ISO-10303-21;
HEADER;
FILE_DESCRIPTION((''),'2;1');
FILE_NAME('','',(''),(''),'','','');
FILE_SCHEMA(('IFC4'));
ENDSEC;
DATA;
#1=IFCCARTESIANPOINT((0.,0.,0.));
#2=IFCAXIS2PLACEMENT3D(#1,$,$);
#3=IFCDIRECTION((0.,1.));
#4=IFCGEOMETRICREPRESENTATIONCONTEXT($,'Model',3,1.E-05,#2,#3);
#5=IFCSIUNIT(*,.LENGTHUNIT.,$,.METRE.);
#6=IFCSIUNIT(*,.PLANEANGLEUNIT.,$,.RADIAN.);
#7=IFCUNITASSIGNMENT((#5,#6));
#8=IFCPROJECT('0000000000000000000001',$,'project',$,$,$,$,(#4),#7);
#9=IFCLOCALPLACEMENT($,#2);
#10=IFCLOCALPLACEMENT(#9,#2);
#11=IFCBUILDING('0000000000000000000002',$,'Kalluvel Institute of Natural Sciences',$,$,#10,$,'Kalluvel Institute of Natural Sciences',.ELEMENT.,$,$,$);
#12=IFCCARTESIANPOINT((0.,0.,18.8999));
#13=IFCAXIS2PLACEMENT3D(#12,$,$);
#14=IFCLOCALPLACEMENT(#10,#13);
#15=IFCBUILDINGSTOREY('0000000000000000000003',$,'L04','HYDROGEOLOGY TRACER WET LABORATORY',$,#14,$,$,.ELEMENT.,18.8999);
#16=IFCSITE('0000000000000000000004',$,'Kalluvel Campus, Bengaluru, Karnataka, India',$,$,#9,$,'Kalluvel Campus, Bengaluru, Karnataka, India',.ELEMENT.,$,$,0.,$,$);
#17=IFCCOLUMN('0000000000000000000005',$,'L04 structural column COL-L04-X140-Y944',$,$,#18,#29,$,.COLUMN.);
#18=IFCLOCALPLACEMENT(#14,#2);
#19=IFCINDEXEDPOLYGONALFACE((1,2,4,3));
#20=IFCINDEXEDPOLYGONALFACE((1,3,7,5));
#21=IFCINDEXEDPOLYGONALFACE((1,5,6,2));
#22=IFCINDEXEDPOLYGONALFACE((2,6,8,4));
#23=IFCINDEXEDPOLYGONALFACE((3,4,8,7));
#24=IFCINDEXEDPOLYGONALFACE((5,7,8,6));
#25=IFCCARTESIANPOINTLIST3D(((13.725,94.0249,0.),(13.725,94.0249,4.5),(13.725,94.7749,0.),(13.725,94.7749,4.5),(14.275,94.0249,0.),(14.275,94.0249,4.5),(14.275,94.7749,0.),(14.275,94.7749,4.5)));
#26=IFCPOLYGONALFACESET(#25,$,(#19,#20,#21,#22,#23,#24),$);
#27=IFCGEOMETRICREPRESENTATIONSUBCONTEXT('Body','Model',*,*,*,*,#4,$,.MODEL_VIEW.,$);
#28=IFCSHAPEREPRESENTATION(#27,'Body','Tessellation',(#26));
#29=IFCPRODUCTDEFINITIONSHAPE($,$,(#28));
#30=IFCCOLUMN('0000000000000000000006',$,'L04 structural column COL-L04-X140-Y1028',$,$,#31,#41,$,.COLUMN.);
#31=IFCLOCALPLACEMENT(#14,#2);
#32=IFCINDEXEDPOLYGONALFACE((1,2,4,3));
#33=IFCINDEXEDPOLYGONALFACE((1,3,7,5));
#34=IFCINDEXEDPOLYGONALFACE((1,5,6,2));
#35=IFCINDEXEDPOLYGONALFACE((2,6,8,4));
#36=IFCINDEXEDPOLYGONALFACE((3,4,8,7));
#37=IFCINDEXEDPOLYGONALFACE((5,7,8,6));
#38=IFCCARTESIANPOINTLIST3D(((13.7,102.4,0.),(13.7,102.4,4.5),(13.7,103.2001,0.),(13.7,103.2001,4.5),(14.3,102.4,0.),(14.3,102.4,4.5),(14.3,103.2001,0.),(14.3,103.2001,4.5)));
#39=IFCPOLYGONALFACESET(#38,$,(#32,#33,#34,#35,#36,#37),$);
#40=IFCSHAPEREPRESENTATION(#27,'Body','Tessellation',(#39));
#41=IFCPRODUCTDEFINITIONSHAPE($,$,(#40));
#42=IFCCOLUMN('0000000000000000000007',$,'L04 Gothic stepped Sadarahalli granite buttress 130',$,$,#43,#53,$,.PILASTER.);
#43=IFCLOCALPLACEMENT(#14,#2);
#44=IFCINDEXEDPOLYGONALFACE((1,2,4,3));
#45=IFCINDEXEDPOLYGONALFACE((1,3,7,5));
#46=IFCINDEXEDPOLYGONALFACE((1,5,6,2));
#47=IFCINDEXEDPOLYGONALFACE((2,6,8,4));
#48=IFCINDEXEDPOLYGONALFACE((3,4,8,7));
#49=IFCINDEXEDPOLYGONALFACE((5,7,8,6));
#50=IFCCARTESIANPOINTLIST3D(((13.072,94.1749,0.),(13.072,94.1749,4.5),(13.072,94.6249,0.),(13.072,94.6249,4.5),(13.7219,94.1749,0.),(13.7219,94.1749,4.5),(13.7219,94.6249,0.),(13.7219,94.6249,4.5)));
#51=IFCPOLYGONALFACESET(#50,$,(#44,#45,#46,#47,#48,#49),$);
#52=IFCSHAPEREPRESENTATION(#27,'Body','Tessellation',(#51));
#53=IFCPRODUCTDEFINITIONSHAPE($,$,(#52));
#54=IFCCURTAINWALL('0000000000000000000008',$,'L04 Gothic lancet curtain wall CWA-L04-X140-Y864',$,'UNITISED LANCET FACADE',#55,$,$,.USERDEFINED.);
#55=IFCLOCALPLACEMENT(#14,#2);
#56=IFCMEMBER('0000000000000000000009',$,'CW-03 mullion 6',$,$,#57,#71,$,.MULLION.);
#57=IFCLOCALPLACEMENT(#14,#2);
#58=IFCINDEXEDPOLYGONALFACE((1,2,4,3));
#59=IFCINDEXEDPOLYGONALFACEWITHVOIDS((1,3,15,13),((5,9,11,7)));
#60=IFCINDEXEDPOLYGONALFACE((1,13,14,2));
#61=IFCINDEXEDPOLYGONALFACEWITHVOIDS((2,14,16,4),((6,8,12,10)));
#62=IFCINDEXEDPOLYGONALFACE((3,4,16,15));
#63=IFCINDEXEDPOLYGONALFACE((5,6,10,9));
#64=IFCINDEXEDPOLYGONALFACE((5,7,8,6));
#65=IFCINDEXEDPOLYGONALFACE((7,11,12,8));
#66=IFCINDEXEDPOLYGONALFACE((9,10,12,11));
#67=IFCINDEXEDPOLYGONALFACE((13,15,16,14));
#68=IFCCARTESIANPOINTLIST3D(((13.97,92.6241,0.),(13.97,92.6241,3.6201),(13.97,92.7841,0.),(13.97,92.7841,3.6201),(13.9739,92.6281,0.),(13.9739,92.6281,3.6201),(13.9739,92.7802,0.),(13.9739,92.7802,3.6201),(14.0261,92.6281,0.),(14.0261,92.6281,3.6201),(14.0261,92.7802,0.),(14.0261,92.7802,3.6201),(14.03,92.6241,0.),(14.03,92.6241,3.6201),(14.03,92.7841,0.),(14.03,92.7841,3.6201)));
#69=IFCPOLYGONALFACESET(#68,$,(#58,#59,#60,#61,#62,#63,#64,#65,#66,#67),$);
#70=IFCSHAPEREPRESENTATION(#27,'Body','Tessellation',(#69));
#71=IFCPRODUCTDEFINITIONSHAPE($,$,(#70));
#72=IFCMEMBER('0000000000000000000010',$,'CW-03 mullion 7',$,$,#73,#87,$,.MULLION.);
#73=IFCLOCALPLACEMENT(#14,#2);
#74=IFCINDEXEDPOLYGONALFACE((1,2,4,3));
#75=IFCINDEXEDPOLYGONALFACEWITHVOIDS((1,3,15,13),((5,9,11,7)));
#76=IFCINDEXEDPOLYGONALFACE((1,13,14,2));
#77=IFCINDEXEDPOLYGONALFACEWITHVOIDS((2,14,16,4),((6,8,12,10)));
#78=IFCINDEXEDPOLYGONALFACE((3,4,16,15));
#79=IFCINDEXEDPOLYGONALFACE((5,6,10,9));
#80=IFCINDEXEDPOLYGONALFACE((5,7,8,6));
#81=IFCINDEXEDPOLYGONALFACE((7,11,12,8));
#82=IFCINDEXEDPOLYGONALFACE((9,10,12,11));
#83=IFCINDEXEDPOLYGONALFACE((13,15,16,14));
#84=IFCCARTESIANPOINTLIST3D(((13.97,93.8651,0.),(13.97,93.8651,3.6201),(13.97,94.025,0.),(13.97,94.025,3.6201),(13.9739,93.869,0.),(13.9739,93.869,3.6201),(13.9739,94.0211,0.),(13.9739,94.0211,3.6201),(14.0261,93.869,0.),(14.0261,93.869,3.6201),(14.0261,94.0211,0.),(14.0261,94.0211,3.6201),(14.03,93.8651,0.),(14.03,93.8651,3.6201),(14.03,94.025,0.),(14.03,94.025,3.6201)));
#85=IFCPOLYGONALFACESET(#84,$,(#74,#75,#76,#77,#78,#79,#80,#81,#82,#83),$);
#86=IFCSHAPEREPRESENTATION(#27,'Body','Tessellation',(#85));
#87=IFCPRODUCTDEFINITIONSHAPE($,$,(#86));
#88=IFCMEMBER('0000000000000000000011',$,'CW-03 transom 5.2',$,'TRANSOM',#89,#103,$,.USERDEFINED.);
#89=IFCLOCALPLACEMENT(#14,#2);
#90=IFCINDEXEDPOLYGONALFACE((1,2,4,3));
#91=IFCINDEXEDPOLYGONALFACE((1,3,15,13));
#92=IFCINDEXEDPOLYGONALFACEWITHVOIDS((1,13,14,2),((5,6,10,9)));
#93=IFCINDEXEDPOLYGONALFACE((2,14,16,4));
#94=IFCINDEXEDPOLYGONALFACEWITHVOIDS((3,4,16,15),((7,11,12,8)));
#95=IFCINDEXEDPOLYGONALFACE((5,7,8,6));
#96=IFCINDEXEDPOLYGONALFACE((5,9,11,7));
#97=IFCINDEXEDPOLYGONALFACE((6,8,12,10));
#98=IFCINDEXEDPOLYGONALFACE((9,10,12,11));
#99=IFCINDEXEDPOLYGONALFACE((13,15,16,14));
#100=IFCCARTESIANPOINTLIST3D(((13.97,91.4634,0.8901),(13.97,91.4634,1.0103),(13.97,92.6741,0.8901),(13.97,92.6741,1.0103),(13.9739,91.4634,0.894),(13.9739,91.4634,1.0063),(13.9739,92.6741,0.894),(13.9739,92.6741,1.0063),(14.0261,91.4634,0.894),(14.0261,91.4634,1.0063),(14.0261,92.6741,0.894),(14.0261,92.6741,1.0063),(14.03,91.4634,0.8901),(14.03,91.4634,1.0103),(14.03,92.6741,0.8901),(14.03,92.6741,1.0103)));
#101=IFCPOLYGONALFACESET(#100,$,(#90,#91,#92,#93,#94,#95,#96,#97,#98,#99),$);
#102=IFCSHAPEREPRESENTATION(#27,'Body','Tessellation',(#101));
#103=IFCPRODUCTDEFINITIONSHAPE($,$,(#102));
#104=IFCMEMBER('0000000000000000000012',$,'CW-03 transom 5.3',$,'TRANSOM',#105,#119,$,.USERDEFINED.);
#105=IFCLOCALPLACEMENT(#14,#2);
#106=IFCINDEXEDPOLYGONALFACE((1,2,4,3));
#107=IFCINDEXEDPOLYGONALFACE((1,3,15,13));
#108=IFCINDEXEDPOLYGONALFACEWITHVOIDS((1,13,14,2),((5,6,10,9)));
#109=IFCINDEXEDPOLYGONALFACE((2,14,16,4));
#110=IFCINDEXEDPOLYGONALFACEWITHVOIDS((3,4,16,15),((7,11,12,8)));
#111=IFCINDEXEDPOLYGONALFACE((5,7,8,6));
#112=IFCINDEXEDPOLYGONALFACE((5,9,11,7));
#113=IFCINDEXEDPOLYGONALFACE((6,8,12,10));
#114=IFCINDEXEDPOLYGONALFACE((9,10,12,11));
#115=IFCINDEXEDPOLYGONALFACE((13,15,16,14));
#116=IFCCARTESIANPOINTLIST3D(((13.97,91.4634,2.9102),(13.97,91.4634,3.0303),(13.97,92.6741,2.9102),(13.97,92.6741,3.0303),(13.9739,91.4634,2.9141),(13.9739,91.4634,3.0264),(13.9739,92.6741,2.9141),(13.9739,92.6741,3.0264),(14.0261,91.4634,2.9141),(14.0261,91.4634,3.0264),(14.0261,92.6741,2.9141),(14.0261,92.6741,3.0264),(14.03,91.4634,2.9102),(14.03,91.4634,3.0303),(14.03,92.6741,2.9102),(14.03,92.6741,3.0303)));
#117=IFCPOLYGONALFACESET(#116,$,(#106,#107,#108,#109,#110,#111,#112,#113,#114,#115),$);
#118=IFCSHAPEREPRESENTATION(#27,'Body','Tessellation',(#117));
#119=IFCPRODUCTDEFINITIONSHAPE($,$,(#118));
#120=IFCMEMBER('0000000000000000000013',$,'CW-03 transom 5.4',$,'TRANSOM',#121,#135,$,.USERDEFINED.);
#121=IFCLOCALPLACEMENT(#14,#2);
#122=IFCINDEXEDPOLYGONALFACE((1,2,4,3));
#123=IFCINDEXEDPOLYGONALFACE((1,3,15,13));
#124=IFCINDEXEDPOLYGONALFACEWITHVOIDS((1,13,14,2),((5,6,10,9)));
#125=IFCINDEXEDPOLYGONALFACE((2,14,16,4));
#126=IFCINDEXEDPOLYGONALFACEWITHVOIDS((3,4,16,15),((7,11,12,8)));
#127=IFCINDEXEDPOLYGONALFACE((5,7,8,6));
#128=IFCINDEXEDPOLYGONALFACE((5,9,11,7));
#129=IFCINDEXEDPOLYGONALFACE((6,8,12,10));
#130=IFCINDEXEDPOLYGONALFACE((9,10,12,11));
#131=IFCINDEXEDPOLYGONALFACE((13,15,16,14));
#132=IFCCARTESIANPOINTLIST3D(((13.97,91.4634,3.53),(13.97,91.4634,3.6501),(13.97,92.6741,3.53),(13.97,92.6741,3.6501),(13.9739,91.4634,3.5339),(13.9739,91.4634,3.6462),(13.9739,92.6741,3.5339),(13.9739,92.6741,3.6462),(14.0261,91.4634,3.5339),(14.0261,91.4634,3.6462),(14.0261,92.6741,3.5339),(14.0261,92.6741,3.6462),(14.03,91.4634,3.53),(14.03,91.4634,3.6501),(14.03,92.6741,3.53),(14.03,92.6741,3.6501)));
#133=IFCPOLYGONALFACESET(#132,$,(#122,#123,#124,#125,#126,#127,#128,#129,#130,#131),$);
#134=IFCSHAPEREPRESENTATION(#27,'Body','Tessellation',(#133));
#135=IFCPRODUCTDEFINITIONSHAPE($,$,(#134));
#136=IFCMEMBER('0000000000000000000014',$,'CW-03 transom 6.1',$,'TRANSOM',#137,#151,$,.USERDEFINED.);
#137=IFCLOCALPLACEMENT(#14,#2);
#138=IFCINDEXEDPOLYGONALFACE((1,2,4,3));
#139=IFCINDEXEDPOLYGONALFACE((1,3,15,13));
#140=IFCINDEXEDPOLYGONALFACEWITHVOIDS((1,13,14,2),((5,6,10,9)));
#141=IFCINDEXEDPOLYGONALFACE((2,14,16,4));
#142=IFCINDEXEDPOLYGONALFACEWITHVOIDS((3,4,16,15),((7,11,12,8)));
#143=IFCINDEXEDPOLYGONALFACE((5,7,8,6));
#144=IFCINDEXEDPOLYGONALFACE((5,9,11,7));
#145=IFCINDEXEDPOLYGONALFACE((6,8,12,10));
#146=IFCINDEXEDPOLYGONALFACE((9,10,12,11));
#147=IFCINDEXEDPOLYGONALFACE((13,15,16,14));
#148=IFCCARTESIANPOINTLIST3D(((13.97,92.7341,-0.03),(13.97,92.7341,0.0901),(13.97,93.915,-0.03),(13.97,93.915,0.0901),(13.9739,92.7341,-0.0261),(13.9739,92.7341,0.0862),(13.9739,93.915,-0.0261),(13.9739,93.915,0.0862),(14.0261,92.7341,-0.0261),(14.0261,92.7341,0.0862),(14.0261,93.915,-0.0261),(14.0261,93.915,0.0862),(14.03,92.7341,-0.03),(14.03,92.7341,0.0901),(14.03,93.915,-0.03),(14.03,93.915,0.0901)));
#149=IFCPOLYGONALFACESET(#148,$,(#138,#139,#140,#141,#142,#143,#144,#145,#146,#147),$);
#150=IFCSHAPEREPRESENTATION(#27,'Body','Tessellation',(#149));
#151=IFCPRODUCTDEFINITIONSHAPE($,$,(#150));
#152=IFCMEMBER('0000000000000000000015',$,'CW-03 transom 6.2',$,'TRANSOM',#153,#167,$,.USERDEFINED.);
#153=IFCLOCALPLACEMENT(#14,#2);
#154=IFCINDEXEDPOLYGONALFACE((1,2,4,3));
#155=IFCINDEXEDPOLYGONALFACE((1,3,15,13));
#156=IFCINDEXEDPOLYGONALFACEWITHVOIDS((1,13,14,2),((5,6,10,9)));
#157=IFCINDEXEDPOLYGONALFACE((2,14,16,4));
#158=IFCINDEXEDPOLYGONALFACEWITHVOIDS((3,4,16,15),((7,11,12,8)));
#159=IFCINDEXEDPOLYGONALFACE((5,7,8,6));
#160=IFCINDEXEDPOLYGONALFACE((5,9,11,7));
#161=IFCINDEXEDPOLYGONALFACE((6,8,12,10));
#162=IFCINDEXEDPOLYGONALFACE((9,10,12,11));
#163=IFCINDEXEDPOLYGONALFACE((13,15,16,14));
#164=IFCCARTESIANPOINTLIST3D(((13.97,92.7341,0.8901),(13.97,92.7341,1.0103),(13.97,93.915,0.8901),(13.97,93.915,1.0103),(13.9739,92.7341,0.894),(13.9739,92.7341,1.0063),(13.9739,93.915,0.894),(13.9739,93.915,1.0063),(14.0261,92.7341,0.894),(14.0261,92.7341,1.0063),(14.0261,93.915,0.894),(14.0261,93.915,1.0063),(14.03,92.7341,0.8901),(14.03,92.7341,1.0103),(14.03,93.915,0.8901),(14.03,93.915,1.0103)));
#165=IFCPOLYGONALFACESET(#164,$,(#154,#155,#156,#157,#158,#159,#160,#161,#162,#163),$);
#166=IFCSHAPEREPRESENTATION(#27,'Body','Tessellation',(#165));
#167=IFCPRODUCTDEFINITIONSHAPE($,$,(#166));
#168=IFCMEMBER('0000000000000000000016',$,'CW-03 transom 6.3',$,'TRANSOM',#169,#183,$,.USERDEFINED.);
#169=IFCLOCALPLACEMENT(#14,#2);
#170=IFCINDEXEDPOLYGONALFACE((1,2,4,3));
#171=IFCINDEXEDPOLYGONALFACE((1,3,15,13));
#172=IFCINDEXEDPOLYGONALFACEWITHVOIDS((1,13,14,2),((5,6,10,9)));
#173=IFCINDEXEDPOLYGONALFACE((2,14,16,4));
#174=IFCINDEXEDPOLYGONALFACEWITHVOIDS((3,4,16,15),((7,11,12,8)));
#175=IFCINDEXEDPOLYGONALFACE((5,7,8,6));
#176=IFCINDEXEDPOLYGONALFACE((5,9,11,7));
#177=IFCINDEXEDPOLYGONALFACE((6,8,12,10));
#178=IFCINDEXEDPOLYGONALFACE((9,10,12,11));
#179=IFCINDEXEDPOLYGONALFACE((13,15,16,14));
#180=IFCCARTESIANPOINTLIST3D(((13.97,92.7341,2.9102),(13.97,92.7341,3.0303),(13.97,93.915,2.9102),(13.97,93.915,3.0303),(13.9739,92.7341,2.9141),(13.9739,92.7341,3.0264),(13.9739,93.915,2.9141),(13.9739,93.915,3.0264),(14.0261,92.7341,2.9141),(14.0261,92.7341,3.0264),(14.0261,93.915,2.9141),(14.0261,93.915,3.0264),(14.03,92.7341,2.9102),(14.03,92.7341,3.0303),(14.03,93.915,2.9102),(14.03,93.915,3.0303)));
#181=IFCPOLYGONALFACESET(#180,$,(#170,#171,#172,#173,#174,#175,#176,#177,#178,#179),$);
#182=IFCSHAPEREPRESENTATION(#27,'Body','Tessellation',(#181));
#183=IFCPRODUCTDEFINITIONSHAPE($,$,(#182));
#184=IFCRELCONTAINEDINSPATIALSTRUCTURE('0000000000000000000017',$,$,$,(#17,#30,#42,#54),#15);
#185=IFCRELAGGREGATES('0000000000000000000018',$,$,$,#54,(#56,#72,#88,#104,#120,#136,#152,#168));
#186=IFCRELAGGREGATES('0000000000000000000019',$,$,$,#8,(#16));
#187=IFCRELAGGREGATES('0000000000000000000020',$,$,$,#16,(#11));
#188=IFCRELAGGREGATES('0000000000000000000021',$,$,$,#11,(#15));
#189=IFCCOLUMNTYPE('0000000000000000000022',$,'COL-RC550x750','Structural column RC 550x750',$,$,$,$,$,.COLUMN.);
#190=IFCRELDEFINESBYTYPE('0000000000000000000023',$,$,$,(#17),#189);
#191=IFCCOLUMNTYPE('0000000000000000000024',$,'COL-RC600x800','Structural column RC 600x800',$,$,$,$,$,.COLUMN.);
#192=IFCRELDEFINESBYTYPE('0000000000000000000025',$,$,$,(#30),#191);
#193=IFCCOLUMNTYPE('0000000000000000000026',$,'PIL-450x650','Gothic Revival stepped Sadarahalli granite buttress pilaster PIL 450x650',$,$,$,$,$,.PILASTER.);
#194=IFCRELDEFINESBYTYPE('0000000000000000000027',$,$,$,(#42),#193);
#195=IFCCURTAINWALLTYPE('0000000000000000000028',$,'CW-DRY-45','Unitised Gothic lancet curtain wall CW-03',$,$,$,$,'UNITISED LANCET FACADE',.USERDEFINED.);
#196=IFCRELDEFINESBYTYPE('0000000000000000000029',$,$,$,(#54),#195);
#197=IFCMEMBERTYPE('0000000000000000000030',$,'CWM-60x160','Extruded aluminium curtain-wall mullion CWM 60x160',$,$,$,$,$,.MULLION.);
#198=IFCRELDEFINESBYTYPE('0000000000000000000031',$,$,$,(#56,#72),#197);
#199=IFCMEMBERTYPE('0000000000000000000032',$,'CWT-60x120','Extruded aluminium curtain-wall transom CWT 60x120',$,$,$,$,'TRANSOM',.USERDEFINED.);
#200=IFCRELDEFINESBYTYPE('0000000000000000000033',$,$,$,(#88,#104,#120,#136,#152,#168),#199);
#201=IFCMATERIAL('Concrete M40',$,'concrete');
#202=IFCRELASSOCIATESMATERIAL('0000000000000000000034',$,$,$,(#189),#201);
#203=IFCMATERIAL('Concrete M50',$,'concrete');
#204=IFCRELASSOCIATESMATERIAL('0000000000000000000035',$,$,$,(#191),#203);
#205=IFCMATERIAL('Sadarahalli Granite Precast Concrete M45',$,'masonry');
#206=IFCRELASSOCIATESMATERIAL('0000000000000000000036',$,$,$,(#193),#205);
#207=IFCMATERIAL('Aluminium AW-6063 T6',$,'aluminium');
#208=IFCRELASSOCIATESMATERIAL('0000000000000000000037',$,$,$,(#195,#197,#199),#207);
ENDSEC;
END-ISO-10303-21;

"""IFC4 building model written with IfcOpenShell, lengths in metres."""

from ifc_helpers import new_model, si_unit, direction, frame, origin, origin_2d, place, context, subcontext, project, spatial, rectangle, hollow_rectangle, extrude, material, material_profile, profile_set, type_object, element, aggregate, save


model = new_model("IFC4")

# Units and contexts
model_context = context("Model", 3, precision=1e-05, world=origin(), true_north=direction((0.0, 1.0)))
body_context = subcontext(model_context, "Body", "Model", "MODEL_VIEW")
ifc_project = project(units=[si_unit("LENGTHUNIT", "METRE"), si_unit("PLANEANGLEUNIT", "RADIAN")], contexts=[model_context])

# Site, building, storey
site_placement = place(None, origin())
site = spatial("IfcSite", under=ifc_project, at=site_placement, Name="Kalluvel Campus, Bengaluru, Karnataka, India", LongName="Kalluvel Campus, Bengaluru, Karnataka, India", CompositionType="ELEMENT", RefElevation=0.0)
building_placement = place(site_placement, origin())
building = spatial("IfcBuilding", under=site, at=building_placement, Name="Kalluvel Institute of Natural Sciences", LongName="Kalluvel Institute of Natural Sciences", CompositionType="ELEMENT")
storey_placement = place(building_placement, frame((0.0, 0.0, 18.8999)))
storey = spatial("IfcBuildingStorey", under=building, at=storey_placement, Name="L04", Description="HYDROGEOLOGY TRACER WET LABORATORY", CompositionType="ELEMENT", Elevation=18.8999)

# Columns
ifc_material_1 = material(Name="Concrete M40", Category="concrete")
ifc_material_profile_1 = material_profile(ifc_material_1, rectangle(XDim=0.55, YDim=0.75, at=origin_2d()), Name="RC 550x750")
ifc_profile_set_1 = profile_set([ifc_material_profile_1], Name="Concrete M40")
column_type_1 = type_object("IfcColumnType", Name="COL-RC550x750", Description="Structural column RC 550x750", PredefinedType="COLUMN", material=ifc_profile_set_1)
column_1_placement = place(storey_placement, frame((14.0, 94.3999, 0.0), z_axis=(0.0, 0.0, 1.0), x_axis=(1.0, 0.0, 0.0)))
element("IfcColumn", 1, at=column_1_placement, inside=storey, type_object=column_type_1, Name="L04 structural column COL-L04-X140-Y944", PredefinedType="COLUMN", context=body_context, shape_type="SweptSolid", body=[
    extrude(rectangle(XDim=0.55, YDim=0.75, at=origin_2d()), origin(), (0.0, 0.0, 1.0), 4.5),
])
ifc_material_2 = material(Name="Concrete M50", Category="concrete")
ifc_material_profile_2 = material_profile(ifc_material_2, rectangle(XDim=0.6001, YDim=0.8, at=origin_2d()), Name="RC 600x800")
ifc_profile_set_2 = profile_set([ifc_material_profile_2], Name="Concrete M50")
column_type_2 = type_object("IfcColumnType", Name="COL-RC600x800", Description="Structural column RC 600x800", PredefinedType="COLUMN", material=ifc_profile_set_2)
column_2_placement = place(storey_placement, frame((14.0, 102.8, 0.0), z_axis=(0.0, 0.0, 1.0), x_axis=(1.0, 0.0, 0.0)))
element("IfcColumn", 2, at=column_2_placement, inside=storey, type_object=column_type_2, Name="L04 structural column COL-L04-X140-Y1028", PredefinedType="COLUMN", context=body_context, shape_type="SweptSolid", body=[
    extrude(rectangle(XDim=0.6001, YDim=0.8, at=origin_2d()), origin(), (0.0, 0.0, 1.0), 4.5),
])
ifc_material_3 = material(Name="Sadarahalli Granite Precast Concrete M45", Category="masonry")
ifc_material_profile_3 = material_profile(ifc_material_3, rectangle(XDim=0.45, YDim=0.6499, at=origin_2d()), Name="PIL 450x650")
ifc_profile_set_3 = profile_set([ifc_material_profile_3], Name="Sadarahalli Granite Precast Concrete M45")
column_type_3 = type_object("IfcColumnType", Name="PIL-450x650", Description="Gothic Revival stepped Sadarahalli granite buttress pilaster PIL 450x650", PredefinedType="PILASTER", material=ifc_profile_set_3)
column_3_placement = place(storey_placement, frame((13.397, 94.3999, 0.0), z_axis=(0.0, 0.0, 1.0), x_axis=(0.0, 1.0, 0.0)))
element("IfcColumn", 3, at=column_3_placement, inside=storey, type_object=column_type_3, Name="L04 Gothic stepped Sadarahalli granite buttress 130", PredefinedType="PILASTER", context=body_context, shape_type="SweptSolid", body=[
    extrude(rectangle(XDim=0.45, YDim=0.6499, at=origin_2d()), origin(), (0.0, 0.0, 1.0), 4.5),
])

# Curtain wall, members
ifc_material_4 = material(Name="Aluminium AW-6063 T6", Category="aluminium")
curtain_wall_type = type_object("IfcCurtainWallType", Name="CW-DRY-45", Description="Unitised Gothic lancet curtain wall CW-03", ElementType="UNITISED LANCET FACADE", PredefinedType="USERDEFINED", material=ifc_material_4)
curtain_wall_placement = place(storey_placement, origin())
curtain_wall = element("IfcCurtainWall", 4, at=curtain_wall_placement, inside=storey, type_object=curtain_wall_type, Name="L04 Gothic lancet curtain wall CWA-L04-X140-Y864", ObjectType="UNITISED LANCET FACADE", PredefinedType="USERDEFINED")
ifc_material_profile_4 = material_profile(ifc_material_4, hollow_rectangle(XDim=0.0601, YDim=0.1599, WallThickness=0.0039, at=origin_2d()), Name="CWM 60x160")
ifc_profile_set_4 = profile_set([ifc_material_profile_4], Name="Aluminium AW-6063 T6")
member_type_1 = type_object("IfcMemberType", Name="CWM-60x160", Description="Extruded aluminium curtain-wall mullion CWM 60x160", PredefinedType="MULLION", material=ifc_profile_set_4)
member_1_placement = place(storey_placement, frame((14.0, 92.7041, 0.0), z_axis=(0.0, 0.0, 1.0), x_axis=(-1.0, 0.0, 0.0)))
member_1 = element("IfcMember", 5, at=member_1_placement, type_object=member_type_1, Name="CW-03 mullion 6", PredefinedType="MULLION", context=body_context, shape_type="SweptSolid", body=[
    extrude(hollow_rectangle(XDim=0.0601, YDim=0.1599, WallThickness=0.0039, at=origin_2d()), origin(), (0.0, 0.0, 1.0), 3.6201),
])
member_2_placement = place(storey_placement, frame((14.0, 93.9451, 0.0), z_axis=(0.0, 0.0, 1.0), x_axis=(-1.0, 0.0, 0.0)))
member_2 = element("IfcMember", 6, at=member_2_placement, type_object=member_type_1, Name="CW-03 mullion 7", PredefinedType="MULLION", context=body_context, shape_type="SweptSolid", body=[
    extrude(hollow_rectangle(XDim=0.0601, YDim=0.1599, WallThickness=0.0039, at=origin_2d()), origin(), (0.0, 0.0, 1.0), 3.6201),
])
ifc_material_profile_5 = material_profile(ifc_material_4, hollow_rectangle(XDim=0.0601, YDim=0.1201, WallThickness=0.0039, at=origin_2d()), Name="CWT 60x120")
ifc_profile_set_5 = profile_set([ifc_material_profile_5], Name="Aluminium AW-6063 T6")
member_type_2 = type_object("IfcMemberType", Name="CWT-60x120", Description="Extruded aluminium curtain-wall transom CWT 60x120", ElementType="TRANSOM", PredefinedType="USERDEFINED", material=ifc_profile_set_5)
member_3_placement = place(storey_placement, frame((14.0, 91.4634, 0.9502), z_axis=(0.0, 1.0, 0.0), x_axis=(-1.0, 0.0, 0.0)))
member_3 = element("IfcMember", 7, at=member_3_placement, type_object=member_type_2, Name="CW-03 transom 5.2", ObjectType="TRANSOM", PredefinedType="USERDEFINED", context=body_context, shape_type="SweptSolid", body=[
    extrude(hollow_rectangle(XDim=0.0601, YDim=0.1201, WallThickness=0.0039, at=origin_2d()), origin(), (0.0, 0.0, 1.0), 1.2107),
])
member_4_placement = place(storey_placement, frame((14.0, 91.4634, 2.9702), z_axis=(0.0, 1.0, 0.0), x_axis=(-1.0, 0.0, 0.0)))
member_4 = element("IfcMember", 8, at=member_4_placement, type_object=member_type_2, Name="CW-03 transom 5.3", ObjectType="TRANSOM", PredefinedType="USERDEFINED", context=body_context, shape_type="SweptSolid", body=[
    extrude(hollow_rectangle(XDim=0.0601, YDim=0.1201, WallThickness=0.0039, at=origin_2d()), origin(), (0.0, 0.0, 1.0), 1.2107),
])
member_5_placement = place(storey_placement, frame((14.0, 91.4634, 3.5901), z_axis=(0.0, 1.0, 0.0), x_axis=(-1.0, 0.0, 0.0)))
member_5 = element("IfcMember", 9, at=member_5_placement, type_object=member_type_2, Name="CW-03 transom 5.4", ObjectType="TRANSOM", PredefinedType="USERDEFINED", context=body_context, shape_type="SweptSolid", body=[
    extrude(hollow_rectangle(XDim=0.0601, YDim=0.1201, WallThickness=0.0039, at=origin_2d()), origin(), (0.0, 0.0, 1.0), 1.2107),
])
member_6_placement = place(storey_placement, frame((14.0, 92.7341, 0.03), z_axis=(0.0, 1.0, 0.0), x_axis=(-1.0, 0.0, 0.0)))
member_6 = element("IfcMember", 10, at=member_6_placement, type_object=member_type_2, Name="CW-03 transom 6.1", ObjectType="TRANSOM", PredefinedType="USERDEFINED", context=body_context, shape_type="SweptSolid", body=[
    extrude(hollow_rectangle(XDim=0.0601, YDim=0.1201, WallThickness=0.0039, at=origin_2d()), origin(), (0.0, 0.0, 1.0), 1.1809),
])
member_7_placement = place(storey_placement, frame((14.0, 92.7341, 0.9502), z_axis=(0.0, 1.0, 0.0), x_axis=(-1.0, 0.0, 0.0)))
member_7 = element("IfcMember", 11, at=member_7_placement, type_object=member_type_2, Name="CW-03 transom 6.2", ObjectType="TRANSOM", PredefinedType="USERDEFINED", context=body_context, shape_type="SweptSolid", body=[
    extrude(hollow_rectangle(XDim=0.0601, YDim=0.1201, WallThickness=0.0039, at=origin_2d()), origin(), (0.0, 0.0, 1.0), 1.1809),
])
member_8_placement = place(storey_placement, frame((14.0, 92.7341, 2.9702), z_axis=(0.0, 1.0, 0.0), x_axis=(-1.0, 0.0, 0.0)))
member_8 = element("IfcMember", 12, at=member_8_placement, type_object=member_type_2, Name="CW-03 transom 6.3", ObjectType="TRANSOM", PredefinedType="USERDEFINED", context=body_context, shape_type="SweptSolid", body=[
    extrude(hollow_rectangle(XDim=0.0601, YDim=0.1201, WallThickness=0.0039, at=origin_2d()), origin(), (0.0, 0.0, 1.0), 1.1809),
])

aggregate(curtain_wall, [member_1, member_2, member_3, member_4, member_5, member_6, member_7, member_8])

save(model, "model.ifc")
